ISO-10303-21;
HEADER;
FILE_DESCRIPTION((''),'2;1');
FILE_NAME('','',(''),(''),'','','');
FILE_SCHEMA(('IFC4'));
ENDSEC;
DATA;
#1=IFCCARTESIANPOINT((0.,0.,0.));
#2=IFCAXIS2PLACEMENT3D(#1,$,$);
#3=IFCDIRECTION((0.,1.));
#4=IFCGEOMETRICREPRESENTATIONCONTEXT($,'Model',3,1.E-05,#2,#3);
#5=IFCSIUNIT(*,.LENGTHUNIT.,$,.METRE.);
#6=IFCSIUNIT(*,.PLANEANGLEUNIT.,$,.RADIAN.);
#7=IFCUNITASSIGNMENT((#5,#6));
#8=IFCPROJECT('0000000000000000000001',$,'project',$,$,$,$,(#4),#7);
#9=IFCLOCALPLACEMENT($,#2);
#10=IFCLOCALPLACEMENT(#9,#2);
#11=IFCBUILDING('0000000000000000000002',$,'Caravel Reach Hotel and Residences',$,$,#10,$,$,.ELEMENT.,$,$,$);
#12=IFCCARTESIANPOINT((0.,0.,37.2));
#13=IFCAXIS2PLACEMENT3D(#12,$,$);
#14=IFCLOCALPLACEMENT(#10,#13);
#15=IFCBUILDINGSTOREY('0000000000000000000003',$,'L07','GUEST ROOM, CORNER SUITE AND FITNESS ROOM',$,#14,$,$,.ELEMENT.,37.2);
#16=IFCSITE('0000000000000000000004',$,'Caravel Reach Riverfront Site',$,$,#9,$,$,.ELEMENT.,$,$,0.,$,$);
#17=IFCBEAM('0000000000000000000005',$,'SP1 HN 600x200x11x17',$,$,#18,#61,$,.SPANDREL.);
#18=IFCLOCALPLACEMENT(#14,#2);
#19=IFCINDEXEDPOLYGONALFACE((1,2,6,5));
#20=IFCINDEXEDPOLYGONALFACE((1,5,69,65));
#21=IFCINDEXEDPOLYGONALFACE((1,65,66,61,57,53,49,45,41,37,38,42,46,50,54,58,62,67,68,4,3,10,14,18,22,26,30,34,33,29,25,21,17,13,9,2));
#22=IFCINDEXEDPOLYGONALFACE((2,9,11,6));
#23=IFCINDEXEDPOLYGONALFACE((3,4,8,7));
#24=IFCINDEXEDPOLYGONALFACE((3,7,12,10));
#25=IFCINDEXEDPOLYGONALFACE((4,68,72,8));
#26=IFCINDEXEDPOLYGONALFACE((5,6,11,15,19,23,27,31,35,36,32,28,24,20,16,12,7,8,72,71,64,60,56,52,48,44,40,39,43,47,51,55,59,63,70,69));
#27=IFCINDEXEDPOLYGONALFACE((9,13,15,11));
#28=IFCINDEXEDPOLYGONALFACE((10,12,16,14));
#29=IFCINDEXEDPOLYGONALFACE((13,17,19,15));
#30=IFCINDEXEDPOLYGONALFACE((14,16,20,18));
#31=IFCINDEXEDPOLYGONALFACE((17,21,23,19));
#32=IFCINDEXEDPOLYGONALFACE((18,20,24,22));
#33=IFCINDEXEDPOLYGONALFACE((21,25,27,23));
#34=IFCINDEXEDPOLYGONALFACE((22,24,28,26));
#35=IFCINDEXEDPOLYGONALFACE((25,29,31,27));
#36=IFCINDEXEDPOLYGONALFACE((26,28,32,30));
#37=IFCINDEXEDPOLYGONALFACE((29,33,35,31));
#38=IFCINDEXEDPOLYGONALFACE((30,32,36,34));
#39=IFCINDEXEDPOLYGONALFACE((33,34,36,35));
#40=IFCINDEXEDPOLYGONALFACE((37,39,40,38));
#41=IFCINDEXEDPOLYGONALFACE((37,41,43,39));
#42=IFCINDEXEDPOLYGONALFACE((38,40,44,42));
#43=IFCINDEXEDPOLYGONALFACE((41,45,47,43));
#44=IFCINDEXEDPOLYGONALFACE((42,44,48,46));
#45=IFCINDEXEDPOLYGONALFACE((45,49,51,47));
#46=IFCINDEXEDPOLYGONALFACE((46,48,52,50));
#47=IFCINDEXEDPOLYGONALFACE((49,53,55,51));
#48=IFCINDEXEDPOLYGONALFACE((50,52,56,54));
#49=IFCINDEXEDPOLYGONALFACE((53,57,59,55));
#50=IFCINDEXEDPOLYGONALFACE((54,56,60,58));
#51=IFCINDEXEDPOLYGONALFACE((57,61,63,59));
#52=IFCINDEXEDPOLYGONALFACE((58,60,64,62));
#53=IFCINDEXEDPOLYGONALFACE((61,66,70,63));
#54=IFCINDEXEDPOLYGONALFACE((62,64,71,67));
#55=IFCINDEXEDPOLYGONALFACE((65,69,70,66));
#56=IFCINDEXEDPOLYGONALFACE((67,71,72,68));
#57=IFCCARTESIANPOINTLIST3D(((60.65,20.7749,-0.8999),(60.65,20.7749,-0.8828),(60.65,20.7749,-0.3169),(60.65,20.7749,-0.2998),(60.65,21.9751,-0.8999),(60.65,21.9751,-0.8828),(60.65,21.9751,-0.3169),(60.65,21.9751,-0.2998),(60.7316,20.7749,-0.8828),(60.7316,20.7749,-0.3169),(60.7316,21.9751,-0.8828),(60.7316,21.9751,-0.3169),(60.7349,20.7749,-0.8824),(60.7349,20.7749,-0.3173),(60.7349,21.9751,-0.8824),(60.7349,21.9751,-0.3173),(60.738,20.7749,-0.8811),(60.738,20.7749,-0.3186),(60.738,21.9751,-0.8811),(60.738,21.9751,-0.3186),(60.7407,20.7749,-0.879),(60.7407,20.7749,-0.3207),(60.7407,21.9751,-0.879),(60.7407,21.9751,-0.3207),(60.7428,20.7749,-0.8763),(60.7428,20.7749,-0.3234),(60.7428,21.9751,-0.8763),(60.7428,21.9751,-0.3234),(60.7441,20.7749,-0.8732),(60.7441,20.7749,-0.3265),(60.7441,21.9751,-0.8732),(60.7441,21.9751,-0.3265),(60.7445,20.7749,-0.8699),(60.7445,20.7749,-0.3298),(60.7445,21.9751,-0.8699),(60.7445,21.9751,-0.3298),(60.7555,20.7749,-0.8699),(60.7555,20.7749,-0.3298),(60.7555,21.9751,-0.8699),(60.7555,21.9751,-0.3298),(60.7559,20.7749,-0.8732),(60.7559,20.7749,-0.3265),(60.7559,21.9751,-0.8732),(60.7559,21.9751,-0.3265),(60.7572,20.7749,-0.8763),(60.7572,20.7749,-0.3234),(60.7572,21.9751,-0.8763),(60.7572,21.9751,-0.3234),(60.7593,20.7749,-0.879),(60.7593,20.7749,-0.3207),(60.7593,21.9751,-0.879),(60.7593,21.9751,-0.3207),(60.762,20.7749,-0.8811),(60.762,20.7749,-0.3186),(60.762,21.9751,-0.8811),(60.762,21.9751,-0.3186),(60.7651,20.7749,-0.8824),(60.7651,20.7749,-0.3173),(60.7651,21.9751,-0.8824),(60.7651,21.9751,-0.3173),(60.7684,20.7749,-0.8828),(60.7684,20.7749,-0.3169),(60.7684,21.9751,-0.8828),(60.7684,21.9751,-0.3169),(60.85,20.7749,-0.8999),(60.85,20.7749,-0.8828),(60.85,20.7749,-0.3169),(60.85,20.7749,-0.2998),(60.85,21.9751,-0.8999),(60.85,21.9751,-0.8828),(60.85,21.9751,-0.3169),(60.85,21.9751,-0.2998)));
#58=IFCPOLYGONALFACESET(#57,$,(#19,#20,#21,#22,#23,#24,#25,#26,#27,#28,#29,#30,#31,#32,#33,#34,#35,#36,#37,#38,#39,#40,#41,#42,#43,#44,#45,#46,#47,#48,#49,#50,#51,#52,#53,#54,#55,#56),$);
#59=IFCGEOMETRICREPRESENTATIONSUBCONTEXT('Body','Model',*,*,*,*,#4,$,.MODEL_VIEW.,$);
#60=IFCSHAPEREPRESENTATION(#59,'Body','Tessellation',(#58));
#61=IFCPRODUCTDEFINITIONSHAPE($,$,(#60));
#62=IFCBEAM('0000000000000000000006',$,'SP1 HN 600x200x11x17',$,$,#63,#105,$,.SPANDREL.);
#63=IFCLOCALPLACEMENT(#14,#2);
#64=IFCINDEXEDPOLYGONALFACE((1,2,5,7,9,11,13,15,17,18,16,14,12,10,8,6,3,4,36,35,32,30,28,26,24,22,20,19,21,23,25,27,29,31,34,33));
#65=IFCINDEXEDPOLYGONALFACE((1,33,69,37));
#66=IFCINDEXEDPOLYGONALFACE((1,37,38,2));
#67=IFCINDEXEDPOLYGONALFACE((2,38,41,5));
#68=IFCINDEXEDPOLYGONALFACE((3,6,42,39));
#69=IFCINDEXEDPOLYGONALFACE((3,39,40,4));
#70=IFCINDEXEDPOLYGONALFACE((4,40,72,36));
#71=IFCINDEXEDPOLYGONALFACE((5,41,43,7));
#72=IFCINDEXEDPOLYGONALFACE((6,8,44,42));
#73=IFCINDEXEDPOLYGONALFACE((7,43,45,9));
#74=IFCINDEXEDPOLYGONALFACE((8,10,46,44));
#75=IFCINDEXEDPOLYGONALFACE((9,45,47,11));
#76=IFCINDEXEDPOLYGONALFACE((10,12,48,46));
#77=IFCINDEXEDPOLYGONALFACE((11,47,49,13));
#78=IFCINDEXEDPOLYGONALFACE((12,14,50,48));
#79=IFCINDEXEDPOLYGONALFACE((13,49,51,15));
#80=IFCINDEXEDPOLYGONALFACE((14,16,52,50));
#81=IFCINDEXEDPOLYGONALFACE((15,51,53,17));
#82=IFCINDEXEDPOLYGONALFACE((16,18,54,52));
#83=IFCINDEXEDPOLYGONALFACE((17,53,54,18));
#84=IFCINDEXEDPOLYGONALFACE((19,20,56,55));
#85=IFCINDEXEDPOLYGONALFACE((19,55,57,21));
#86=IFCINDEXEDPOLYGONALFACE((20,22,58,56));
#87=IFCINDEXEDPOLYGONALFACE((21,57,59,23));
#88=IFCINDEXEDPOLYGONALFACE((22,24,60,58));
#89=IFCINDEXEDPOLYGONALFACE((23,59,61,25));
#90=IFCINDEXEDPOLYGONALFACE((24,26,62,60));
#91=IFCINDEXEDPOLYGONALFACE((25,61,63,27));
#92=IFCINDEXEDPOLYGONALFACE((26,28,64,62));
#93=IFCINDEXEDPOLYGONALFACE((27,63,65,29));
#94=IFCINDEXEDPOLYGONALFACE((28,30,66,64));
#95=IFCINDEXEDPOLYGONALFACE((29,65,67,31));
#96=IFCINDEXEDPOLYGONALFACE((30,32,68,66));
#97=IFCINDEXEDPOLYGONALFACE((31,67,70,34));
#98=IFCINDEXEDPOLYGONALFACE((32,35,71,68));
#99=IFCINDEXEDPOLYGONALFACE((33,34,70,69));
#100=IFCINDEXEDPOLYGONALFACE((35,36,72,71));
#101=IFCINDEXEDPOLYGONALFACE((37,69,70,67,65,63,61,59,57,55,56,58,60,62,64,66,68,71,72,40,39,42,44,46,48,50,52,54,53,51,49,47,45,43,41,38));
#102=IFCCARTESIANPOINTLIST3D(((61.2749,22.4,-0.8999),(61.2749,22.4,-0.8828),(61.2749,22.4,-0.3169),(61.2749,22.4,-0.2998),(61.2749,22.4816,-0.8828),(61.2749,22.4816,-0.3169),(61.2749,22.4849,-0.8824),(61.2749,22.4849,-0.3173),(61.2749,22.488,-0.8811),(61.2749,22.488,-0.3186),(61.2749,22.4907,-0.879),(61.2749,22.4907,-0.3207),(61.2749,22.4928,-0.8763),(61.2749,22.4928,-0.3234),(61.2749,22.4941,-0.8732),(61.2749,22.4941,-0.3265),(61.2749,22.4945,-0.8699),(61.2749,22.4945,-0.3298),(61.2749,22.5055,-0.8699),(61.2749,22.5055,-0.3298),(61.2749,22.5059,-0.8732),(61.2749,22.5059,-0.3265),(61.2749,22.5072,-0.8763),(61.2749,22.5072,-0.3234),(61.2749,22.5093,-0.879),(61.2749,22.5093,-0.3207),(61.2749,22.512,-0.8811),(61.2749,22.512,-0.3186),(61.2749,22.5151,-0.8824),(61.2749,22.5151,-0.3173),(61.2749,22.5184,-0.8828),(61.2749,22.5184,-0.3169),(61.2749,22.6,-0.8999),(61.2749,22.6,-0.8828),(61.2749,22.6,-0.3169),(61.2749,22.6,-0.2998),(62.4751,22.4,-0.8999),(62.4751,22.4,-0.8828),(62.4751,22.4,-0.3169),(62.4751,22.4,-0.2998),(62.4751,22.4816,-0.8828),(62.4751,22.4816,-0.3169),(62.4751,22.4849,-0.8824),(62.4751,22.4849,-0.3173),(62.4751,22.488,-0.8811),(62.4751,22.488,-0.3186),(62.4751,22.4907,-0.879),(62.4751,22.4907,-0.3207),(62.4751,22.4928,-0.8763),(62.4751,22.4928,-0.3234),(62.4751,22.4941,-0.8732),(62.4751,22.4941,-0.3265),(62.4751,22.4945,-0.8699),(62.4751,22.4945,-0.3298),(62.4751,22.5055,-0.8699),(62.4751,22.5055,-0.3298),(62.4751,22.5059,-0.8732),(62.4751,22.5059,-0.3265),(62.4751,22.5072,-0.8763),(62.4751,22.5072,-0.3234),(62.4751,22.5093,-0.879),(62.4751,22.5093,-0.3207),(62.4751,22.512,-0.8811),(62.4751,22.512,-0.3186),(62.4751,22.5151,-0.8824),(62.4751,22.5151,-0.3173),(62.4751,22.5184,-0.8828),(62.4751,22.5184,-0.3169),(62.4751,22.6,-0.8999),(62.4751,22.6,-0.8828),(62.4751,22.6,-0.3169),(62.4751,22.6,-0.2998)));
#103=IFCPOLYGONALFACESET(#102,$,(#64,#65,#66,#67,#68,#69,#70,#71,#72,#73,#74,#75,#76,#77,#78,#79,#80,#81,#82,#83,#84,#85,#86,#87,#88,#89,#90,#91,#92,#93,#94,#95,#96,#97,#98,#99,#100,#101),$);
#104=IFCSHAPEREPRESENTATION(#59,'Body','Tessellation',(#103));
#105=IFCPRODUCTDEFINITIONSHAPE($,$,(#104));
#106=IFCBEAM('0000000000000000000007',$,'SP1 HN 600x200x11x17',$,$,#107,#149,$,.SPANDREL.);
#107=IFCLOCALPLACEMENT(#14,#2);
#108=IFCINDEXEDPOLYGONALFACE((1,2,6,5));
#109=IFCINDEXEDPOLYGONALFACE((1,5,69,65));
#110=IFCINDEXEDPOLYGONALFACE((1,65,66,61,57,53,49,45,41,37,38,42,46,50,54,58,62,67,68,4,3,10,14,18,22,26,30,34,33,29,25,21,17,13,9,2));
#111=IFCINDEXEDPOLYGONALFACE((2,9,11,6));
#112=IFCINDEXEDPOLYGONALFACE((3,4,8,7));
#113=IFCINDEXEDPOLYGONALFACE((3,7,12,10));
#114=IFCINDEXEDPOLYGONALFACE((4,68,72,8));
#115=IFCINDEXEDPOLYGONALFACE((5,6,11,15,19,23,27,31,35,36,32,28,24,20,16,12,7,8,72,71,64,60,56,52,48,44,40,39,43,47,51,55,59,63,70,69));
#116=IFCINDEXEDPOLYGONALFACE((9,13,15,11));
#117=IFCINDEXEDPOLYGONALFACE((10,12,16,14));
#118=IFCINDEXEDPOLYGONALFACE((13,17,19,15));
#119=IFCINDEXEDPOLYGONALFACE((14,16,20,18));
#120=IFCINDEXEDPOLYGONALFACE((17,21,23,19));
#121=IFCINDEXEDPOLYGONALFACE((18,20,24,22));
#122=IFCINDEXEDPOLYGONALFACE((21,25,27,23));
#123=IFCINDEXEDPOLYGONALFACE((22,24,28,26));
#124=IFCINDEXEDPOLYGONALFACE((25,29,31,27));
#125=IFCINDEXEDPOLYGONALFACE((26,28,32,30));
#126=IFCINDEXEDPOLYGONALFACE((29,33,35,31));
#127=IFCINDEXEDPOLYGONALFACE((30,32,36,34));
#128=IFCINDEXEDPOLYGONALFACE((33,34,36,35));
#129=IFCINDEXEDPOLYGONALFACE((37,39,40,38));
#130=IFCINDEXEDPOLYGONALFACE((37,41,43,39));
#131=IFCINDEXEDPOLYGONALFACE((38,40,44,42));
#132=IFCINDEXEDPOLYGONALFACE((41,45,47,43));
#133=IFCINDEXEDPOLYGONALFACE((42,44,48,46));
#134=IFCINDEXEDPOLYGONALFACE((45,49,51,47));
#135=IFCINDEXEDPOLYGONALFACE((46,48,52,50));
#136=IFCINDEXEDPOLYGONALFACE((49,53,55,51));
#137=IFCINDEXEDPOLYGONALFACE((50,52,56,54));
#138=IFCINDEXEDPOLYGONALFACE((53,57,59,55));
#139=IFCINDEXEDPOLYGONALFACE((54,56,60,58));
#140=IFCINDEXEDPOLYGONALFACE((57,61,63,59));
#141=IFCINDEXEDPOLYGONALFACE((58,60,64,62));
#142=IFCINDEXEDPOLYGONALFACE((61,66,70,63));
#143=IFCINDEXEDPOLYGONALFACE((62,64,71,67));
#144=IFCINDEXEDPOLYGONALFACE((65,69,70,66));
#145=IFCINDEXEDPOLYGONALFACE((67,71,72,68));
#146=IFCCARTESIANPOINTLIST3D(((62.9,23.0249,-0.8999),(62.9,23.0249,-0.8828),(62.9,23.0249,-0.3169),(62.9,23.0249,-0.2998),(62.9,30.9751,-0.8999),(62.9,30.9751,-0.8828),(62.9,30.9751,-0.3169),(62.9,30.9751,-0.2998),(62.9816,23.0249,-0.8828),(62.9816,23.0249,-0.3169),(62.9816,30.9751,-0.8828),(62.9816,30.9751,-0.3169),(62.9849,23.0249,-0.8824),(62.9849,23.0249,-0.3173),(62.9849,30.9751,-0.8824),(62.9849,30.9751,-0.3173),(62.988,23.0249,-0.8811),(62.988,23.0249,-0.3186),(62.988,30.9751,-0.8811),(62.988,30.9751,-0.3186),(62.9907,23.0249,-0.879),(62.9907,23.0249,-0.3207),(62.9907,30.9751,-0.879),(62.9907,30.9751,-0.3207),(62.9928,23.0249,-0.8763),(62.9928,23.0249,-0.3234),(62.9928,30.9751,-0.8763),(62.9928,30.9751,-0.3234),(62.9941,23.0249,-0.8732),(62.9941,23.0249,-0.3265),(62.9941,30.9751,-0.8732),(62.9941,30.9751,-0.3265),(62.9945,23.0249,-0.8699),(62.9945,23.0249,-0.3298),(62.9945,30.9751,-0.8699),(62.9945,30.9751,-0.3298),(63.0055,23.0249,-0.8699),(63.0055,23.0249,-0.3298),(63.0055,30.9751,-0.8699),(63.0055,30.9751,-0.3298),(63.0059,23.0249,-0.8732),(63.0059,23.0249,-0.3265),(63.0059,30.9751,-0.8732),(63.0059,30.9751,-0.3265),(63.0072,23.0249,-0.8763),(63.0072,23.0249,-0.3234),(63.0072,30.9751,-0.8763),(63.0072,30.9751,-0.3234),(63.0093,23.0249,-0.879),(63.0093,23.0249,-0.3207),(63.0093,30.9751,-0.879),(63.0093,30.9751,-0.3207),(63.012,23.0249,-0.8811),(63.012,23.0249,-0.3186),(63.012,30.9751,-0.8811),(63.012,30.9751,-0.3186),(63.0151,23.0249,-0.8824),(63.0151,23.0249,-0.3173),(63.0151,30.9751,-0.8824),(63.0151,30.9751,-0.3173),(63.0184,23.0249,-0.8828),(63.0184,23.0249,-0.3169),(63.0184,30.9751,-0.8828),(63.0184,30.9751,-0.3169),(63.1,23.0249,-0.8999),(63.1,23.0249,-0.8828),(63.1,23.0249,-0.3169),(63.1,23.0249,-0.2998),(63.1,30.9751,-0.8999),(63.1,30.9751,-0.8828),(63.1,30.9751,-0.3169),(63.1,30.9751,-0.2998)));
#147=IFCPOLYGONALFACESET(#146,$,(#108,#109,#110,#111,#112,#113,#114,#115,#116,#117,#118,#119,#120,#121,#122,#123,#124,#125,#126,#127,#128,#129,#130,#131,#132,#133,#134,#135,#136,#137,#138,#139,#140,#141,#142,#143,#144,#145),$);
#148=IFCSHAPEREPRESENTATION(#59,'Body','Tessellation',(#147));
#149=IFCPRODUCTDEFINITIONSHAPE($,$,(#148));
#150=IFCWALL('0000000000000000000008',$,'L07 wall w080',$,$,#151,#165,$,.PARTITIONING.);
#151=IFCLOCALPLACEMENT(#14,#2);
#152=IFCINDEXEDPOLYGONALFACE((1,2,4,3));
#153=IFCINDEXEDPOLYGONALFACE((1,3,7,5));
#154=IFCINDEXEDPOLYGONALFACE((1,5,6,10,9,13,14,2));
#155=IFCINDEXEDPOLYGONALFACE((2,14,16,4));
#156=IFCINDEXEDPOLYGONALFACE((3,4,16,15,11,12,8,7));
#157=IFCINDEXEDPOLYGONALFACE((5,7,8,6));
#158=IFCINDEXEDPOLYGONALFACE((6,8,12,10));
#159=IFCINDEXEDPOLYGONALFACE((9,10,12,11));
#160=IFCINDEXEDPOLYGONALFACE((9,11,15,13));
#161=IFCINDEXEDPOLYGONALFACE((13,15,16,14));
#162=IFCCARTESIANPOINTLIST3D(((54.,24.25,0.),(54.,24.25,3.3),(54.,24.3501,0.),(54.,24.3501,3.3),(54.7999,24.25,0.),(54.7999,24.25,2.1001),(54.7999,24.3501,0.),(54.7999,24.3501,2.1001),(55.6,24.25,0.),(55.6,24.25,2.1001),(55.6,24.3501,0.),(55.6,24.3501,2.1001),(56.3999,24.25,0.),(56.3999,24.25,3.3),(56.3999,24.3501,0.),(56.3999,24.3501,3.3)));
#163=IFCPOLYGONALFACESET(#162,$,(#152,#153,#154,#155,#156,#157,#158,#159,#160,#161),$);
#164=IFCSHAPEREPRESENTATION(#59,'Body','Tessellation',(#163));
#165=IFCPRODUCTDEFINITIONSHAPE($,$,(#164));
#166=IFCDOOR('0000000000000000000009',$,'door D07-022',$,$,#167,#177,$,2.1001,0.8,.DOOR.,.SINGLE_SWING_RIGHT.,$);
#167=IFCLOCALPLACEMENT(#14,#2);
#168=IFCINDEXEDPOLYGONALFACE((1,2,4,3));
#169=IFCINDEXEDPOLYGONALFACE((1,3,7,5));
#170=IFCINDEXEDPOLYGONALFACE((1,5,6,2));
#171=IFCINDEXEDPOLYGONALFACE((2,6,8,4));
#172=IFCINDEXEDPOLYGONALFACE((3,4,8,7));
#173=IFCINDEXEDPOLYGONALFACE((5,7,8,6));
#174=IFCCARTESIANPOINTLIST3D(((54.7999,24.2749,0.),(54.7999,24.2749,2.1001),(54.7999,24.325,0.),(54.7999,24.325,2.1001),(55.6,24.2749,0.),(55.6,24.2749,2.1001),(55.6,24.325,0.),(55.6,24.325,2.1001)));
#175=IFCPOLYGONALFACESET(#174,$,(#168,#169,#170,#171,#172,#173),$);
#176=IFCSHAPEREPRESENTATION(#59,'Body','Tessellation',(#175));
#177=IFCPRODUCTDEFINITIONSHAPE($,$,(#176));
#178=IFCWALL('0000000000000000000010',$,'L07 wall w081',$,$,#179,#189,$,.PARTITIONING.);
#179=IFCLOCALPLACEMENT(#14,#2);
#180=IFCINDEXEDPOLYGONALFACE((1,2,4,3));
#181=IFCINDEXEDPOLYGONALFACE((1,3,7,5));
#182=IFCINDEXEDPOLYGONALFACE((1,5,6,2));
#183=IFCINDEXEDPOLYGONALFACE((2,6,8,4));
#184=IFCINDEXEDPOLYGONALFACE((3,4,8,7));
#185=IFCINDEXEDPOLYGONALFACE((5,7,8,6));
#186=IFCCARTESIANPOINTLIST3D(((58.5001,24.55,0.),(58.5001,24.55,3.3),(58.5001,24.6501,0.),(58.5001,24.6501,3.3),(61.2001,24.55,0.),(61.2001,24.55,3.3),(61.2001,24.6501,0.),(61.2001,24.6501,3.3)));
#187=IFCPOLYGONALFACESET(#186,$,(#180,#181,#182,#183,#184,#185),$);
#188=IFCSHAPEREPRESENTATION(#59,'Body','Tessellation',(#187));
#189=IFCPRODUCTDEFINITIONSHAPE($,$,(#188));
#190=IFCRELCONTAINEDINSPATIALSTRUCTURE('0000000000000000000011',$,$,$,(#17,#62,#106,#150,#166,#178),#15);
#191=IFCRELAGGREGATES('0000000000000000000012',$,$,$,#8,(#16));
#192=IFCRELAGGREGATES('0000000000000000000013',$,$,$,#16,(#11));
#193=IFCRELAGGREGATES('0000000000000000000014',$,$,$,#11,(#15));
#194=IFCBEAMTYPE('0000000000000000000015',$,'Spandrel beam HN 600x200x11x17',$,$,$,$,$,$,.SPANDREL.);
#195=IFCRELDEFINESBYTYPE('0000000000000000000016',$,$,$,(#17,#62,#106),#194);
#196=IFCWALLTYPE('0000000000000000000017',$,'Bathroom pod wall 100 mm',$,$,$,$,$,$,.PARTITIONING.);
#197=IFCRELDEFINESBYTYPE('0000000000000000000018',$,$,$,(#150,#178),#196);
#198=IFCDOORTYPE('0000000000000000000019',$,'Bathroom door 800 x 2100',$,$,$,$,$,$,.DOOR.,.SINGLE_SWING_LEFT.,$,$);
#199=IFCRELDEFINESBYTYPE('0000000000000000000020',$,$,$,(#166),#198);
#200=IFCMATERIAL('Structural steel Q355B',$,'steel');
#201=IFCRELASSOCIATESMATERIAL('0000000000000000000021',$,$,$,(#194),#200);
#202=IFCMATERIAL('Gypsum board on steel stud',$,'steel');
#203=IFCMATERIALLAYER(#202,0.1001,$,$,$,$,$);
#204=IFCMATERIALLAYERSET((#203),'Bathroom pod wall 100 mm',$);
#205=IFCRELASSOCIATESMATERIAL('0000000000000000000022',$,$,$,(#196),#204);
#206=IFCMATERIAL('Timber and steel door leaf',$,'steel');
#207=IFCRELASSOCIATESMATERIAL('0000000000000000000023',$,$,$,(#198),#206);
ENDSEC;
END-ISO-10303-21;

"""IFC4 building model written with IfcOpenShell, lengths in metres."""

from ifc_helpers import new_model, si_unit, direction, frame, frame_2d, origin, origin_2d, place, context, subcontext, project, spatial, rectangle, i_section, extrude, material, layer, layer_set, material_profile, profile_set, type_object, element, fill, save


model = new_model("IFC4")

# Units and contexts
model_context = context("Model", 3, precision=1e-05, world=origin(), true_north=direction((0.0, 1.0)))
body_context = subcontext(model_context, "Body", "Model", "MODEL_VIEW")
ifc_project = project(units=[si_unit("LENGTHUNIT", "METRE"), si_unit("PLANEANGLEUNIT", "RADIAN")], contexts=[model_context])

# Site, building, storey
site_placement = place(None, origin())
site = spatial("IfcSite", under=ifc_project, at=site_placement, Name="Caravel Reach Riverfront Site", CompositionType="ELEMENT", RefElevation=0.0)
building_placement = place(site_placement, origin())
building = spatial("IfcBuilding", under=site, at=building_placement, Name="Caravel Reach Hotel and Residences", CompositionType="ELEMENT")
storey_placement = place(building_placement, frame((0.0, 0.0, 37.2)))
storey = spatial("IfcBuildingStorey", under=building, at=storey_placement, Name="L07", Description="GUEST ROOM, CORNER SUITE AND FITNESS ROOM", CompositionType="ELEMENT", Elevation=37.2)

# Beams
ifc_material_1 = material(Name="Structural steel Q355B", Category="steel")
ifc_material_profile_1 = material_profile(ifc_material_1, i_section(OverallWidth=0.2, OverallDepth=0.6001, WebThickness=0.011, FlangeThickness=0.0171, FilletRadius=0.0129, at=origin_2d()), Name="HN 600x200x11x17")
ifc_profile_set_1 = profile_set([ifc_material_profile_1], Name="Structural steel Q355B")
beam_type = type_object("IfcBeamType", Name="Spandrel beam HN 600x200x11x17", PredefinedType="SPANDREL", material=ifc_profile_set_1)
for number, where, z_axis, x_axis, name in (
    (1, (60.75, 20.7749, -0.5999), (0.0, 1.0, 0.0), (-1.0, 0.0, 0.0), "SP1 HN 600x200x11x17"),
    (2, (61.2749, 22.5, -0.5999), (1.0, 0.0, 0.0), (0.0, 1.0, 0.0), "SP1 HN 600x200x11x17"),
):
    element("IfcBeam", number, at=place(storey_placement, frame(where, z_axis=z_axis, x_axis=x_axis)), inside=storey, type_object=beam_type, Name=name, PredefinedType="SPANDREL", context=body_context, shape_type="SweptSolid", body=[
        extrude(i_section(OverallWidth=0.2, OverallDepth=0.6001, WebThickness=0.011, FlangeThickness=0.0171, FilletRadius=0.0129, at=origin_2d()), origin(), (0.0, 0.0, 1.0), 1.2002),
    ])
beam_placement = place(storey_placement, frame((63.0, 23.0249, -0.5999), z_axis=(0.0, 1.0, 0.0), x_axis=(-1.0, 0.0, 0.0)))
element("IfcBeam", 3, at=beam_placement, inside=storey, type_object=beam_type, Name="SP1 HN 600x200x11x17", PredefinedType="SPANDREL", context=body_context, shape_type="SweptSolid", body=[
    extrude(i_section(OverallWidth=0.2, OverallDepth=0.6001, WebThickness=0.011, FlangeThickness=0.0171, FilletRadius=0.0129, at=origin_2d()), origin(), (0.0, 0.0, 1.0), 7.9502),
])

# Wall, opening, door
ifc_material_2 = material(Name="Gypsum board on steel stud", Category="steel")
ifc_layer_1 = layer(ifc_material_2, 0.1001)
ifc_layer_set_1 = layer_set([ifc_layer_1], Name="Bathroom pod wall 100 mm")
wall_type_1 = type_object("IfcWallType", Name="Bathroom pod wall 100 mm", PredefinedType="PARTITIONING", material=ifc_layer_set_1)
wall_1_placement = place(storey_placement, frame((54.0, 24.3, 0.0), z_axis=(0.0, 0.0, 1.0), x_axis=(1.0, 0.0, 0.0)))
wall_1 = element("IfcWall", 4, at=wall_1_placement, inside=storey, type_object=wall_type_1, Name="L07 wall w080", PredefinedType="PARTITIONING", context=body_context, shape_type="SweptSolid", body=[
    extrude(rectangle(XDim=2.3999, YDim=0.1001, at=frame_2d((1.2, 0.0))), origin(), (0.0, 0.0, 1.0), 3.3),
])
opening_1_placement = place(wall_1_placement, frame((0.8, 0.0, 0.0)))
opening_1 = element("IfcOpeningElement", 5, at=opening_1_placement, cuts=wall_1, PredefinedType="OPENING", context=body_context, shape_type="SweptSolid", body=[
    extrude(rectangle(XDim=0.8, YDim=2.1001, at=frame_2d((0.3999, 1.05))), frame((0.0, 0.0601, 0.0), z_axis=(0.0, -1.0, 0.0), x_axis=(1.0, 0.0, 0.0)), (0.0, 0.0, 1.0), 0.1201),
])
ifc_material_3 = material(Name="Timber and steel door leaf", Category="steel")
door_type = type_object("IfcDoorType", Name="Bathroom door 800 x 2100", OperationType="SINGLE_SWING_LEFT", PredefinedType="DOOR", material=ifc_material_3)
door_1_placement = place(opening_1_placement, origin())
door_1 = element("IfcDoor", 6, at=door_1_placement, inside=storey, type_object=door_type, Name="door D07-022", OperationType="SINGLE_SWING_RIGHT", OverallHeight=2.1001, OverallWidth=0.8, PredefinedType="DOOR", context=body_context, shape_type="SweptSolid", body=[
    extrude(rectangle(XDim=0.8, YDim=2.1001, at=frame_2d((0.3999, 1.05))), frame((0.0, 0.0249, 0.0), z_axis=(0.0, -1.0, 0.0), x_axis=(1.0, 0.0, 0.0)), (0.0, 0.0, 1.0), 0.05),
])
fill(opening_1, door_1)

# Wall
for number, where, z_axis, x_axis, name in (
    (7, (58.5, 24.6001, 0.0), (0.0, 0.0, 1.0), (1.0, 0.0, 0.0), "L07 wall w081"),
):
    element("IfcWall", number, at=place(storey_placement, frame(where, z_axis=z_axis, x_axis=x_axis)), inside=storey, type_object=wall_type_1, Name=name, PredefinedType="PARTITIONING", context=body_context, shape_type="SweptSolid", body=[
        extrude(rectangle(XDim=2.7, YDim=0.1001, at=frame_2d((1.3501, 0.0))), origin(), (0.0, 0.0, 1.0), 3.3),
    ])

save(model, "model.ifc")
